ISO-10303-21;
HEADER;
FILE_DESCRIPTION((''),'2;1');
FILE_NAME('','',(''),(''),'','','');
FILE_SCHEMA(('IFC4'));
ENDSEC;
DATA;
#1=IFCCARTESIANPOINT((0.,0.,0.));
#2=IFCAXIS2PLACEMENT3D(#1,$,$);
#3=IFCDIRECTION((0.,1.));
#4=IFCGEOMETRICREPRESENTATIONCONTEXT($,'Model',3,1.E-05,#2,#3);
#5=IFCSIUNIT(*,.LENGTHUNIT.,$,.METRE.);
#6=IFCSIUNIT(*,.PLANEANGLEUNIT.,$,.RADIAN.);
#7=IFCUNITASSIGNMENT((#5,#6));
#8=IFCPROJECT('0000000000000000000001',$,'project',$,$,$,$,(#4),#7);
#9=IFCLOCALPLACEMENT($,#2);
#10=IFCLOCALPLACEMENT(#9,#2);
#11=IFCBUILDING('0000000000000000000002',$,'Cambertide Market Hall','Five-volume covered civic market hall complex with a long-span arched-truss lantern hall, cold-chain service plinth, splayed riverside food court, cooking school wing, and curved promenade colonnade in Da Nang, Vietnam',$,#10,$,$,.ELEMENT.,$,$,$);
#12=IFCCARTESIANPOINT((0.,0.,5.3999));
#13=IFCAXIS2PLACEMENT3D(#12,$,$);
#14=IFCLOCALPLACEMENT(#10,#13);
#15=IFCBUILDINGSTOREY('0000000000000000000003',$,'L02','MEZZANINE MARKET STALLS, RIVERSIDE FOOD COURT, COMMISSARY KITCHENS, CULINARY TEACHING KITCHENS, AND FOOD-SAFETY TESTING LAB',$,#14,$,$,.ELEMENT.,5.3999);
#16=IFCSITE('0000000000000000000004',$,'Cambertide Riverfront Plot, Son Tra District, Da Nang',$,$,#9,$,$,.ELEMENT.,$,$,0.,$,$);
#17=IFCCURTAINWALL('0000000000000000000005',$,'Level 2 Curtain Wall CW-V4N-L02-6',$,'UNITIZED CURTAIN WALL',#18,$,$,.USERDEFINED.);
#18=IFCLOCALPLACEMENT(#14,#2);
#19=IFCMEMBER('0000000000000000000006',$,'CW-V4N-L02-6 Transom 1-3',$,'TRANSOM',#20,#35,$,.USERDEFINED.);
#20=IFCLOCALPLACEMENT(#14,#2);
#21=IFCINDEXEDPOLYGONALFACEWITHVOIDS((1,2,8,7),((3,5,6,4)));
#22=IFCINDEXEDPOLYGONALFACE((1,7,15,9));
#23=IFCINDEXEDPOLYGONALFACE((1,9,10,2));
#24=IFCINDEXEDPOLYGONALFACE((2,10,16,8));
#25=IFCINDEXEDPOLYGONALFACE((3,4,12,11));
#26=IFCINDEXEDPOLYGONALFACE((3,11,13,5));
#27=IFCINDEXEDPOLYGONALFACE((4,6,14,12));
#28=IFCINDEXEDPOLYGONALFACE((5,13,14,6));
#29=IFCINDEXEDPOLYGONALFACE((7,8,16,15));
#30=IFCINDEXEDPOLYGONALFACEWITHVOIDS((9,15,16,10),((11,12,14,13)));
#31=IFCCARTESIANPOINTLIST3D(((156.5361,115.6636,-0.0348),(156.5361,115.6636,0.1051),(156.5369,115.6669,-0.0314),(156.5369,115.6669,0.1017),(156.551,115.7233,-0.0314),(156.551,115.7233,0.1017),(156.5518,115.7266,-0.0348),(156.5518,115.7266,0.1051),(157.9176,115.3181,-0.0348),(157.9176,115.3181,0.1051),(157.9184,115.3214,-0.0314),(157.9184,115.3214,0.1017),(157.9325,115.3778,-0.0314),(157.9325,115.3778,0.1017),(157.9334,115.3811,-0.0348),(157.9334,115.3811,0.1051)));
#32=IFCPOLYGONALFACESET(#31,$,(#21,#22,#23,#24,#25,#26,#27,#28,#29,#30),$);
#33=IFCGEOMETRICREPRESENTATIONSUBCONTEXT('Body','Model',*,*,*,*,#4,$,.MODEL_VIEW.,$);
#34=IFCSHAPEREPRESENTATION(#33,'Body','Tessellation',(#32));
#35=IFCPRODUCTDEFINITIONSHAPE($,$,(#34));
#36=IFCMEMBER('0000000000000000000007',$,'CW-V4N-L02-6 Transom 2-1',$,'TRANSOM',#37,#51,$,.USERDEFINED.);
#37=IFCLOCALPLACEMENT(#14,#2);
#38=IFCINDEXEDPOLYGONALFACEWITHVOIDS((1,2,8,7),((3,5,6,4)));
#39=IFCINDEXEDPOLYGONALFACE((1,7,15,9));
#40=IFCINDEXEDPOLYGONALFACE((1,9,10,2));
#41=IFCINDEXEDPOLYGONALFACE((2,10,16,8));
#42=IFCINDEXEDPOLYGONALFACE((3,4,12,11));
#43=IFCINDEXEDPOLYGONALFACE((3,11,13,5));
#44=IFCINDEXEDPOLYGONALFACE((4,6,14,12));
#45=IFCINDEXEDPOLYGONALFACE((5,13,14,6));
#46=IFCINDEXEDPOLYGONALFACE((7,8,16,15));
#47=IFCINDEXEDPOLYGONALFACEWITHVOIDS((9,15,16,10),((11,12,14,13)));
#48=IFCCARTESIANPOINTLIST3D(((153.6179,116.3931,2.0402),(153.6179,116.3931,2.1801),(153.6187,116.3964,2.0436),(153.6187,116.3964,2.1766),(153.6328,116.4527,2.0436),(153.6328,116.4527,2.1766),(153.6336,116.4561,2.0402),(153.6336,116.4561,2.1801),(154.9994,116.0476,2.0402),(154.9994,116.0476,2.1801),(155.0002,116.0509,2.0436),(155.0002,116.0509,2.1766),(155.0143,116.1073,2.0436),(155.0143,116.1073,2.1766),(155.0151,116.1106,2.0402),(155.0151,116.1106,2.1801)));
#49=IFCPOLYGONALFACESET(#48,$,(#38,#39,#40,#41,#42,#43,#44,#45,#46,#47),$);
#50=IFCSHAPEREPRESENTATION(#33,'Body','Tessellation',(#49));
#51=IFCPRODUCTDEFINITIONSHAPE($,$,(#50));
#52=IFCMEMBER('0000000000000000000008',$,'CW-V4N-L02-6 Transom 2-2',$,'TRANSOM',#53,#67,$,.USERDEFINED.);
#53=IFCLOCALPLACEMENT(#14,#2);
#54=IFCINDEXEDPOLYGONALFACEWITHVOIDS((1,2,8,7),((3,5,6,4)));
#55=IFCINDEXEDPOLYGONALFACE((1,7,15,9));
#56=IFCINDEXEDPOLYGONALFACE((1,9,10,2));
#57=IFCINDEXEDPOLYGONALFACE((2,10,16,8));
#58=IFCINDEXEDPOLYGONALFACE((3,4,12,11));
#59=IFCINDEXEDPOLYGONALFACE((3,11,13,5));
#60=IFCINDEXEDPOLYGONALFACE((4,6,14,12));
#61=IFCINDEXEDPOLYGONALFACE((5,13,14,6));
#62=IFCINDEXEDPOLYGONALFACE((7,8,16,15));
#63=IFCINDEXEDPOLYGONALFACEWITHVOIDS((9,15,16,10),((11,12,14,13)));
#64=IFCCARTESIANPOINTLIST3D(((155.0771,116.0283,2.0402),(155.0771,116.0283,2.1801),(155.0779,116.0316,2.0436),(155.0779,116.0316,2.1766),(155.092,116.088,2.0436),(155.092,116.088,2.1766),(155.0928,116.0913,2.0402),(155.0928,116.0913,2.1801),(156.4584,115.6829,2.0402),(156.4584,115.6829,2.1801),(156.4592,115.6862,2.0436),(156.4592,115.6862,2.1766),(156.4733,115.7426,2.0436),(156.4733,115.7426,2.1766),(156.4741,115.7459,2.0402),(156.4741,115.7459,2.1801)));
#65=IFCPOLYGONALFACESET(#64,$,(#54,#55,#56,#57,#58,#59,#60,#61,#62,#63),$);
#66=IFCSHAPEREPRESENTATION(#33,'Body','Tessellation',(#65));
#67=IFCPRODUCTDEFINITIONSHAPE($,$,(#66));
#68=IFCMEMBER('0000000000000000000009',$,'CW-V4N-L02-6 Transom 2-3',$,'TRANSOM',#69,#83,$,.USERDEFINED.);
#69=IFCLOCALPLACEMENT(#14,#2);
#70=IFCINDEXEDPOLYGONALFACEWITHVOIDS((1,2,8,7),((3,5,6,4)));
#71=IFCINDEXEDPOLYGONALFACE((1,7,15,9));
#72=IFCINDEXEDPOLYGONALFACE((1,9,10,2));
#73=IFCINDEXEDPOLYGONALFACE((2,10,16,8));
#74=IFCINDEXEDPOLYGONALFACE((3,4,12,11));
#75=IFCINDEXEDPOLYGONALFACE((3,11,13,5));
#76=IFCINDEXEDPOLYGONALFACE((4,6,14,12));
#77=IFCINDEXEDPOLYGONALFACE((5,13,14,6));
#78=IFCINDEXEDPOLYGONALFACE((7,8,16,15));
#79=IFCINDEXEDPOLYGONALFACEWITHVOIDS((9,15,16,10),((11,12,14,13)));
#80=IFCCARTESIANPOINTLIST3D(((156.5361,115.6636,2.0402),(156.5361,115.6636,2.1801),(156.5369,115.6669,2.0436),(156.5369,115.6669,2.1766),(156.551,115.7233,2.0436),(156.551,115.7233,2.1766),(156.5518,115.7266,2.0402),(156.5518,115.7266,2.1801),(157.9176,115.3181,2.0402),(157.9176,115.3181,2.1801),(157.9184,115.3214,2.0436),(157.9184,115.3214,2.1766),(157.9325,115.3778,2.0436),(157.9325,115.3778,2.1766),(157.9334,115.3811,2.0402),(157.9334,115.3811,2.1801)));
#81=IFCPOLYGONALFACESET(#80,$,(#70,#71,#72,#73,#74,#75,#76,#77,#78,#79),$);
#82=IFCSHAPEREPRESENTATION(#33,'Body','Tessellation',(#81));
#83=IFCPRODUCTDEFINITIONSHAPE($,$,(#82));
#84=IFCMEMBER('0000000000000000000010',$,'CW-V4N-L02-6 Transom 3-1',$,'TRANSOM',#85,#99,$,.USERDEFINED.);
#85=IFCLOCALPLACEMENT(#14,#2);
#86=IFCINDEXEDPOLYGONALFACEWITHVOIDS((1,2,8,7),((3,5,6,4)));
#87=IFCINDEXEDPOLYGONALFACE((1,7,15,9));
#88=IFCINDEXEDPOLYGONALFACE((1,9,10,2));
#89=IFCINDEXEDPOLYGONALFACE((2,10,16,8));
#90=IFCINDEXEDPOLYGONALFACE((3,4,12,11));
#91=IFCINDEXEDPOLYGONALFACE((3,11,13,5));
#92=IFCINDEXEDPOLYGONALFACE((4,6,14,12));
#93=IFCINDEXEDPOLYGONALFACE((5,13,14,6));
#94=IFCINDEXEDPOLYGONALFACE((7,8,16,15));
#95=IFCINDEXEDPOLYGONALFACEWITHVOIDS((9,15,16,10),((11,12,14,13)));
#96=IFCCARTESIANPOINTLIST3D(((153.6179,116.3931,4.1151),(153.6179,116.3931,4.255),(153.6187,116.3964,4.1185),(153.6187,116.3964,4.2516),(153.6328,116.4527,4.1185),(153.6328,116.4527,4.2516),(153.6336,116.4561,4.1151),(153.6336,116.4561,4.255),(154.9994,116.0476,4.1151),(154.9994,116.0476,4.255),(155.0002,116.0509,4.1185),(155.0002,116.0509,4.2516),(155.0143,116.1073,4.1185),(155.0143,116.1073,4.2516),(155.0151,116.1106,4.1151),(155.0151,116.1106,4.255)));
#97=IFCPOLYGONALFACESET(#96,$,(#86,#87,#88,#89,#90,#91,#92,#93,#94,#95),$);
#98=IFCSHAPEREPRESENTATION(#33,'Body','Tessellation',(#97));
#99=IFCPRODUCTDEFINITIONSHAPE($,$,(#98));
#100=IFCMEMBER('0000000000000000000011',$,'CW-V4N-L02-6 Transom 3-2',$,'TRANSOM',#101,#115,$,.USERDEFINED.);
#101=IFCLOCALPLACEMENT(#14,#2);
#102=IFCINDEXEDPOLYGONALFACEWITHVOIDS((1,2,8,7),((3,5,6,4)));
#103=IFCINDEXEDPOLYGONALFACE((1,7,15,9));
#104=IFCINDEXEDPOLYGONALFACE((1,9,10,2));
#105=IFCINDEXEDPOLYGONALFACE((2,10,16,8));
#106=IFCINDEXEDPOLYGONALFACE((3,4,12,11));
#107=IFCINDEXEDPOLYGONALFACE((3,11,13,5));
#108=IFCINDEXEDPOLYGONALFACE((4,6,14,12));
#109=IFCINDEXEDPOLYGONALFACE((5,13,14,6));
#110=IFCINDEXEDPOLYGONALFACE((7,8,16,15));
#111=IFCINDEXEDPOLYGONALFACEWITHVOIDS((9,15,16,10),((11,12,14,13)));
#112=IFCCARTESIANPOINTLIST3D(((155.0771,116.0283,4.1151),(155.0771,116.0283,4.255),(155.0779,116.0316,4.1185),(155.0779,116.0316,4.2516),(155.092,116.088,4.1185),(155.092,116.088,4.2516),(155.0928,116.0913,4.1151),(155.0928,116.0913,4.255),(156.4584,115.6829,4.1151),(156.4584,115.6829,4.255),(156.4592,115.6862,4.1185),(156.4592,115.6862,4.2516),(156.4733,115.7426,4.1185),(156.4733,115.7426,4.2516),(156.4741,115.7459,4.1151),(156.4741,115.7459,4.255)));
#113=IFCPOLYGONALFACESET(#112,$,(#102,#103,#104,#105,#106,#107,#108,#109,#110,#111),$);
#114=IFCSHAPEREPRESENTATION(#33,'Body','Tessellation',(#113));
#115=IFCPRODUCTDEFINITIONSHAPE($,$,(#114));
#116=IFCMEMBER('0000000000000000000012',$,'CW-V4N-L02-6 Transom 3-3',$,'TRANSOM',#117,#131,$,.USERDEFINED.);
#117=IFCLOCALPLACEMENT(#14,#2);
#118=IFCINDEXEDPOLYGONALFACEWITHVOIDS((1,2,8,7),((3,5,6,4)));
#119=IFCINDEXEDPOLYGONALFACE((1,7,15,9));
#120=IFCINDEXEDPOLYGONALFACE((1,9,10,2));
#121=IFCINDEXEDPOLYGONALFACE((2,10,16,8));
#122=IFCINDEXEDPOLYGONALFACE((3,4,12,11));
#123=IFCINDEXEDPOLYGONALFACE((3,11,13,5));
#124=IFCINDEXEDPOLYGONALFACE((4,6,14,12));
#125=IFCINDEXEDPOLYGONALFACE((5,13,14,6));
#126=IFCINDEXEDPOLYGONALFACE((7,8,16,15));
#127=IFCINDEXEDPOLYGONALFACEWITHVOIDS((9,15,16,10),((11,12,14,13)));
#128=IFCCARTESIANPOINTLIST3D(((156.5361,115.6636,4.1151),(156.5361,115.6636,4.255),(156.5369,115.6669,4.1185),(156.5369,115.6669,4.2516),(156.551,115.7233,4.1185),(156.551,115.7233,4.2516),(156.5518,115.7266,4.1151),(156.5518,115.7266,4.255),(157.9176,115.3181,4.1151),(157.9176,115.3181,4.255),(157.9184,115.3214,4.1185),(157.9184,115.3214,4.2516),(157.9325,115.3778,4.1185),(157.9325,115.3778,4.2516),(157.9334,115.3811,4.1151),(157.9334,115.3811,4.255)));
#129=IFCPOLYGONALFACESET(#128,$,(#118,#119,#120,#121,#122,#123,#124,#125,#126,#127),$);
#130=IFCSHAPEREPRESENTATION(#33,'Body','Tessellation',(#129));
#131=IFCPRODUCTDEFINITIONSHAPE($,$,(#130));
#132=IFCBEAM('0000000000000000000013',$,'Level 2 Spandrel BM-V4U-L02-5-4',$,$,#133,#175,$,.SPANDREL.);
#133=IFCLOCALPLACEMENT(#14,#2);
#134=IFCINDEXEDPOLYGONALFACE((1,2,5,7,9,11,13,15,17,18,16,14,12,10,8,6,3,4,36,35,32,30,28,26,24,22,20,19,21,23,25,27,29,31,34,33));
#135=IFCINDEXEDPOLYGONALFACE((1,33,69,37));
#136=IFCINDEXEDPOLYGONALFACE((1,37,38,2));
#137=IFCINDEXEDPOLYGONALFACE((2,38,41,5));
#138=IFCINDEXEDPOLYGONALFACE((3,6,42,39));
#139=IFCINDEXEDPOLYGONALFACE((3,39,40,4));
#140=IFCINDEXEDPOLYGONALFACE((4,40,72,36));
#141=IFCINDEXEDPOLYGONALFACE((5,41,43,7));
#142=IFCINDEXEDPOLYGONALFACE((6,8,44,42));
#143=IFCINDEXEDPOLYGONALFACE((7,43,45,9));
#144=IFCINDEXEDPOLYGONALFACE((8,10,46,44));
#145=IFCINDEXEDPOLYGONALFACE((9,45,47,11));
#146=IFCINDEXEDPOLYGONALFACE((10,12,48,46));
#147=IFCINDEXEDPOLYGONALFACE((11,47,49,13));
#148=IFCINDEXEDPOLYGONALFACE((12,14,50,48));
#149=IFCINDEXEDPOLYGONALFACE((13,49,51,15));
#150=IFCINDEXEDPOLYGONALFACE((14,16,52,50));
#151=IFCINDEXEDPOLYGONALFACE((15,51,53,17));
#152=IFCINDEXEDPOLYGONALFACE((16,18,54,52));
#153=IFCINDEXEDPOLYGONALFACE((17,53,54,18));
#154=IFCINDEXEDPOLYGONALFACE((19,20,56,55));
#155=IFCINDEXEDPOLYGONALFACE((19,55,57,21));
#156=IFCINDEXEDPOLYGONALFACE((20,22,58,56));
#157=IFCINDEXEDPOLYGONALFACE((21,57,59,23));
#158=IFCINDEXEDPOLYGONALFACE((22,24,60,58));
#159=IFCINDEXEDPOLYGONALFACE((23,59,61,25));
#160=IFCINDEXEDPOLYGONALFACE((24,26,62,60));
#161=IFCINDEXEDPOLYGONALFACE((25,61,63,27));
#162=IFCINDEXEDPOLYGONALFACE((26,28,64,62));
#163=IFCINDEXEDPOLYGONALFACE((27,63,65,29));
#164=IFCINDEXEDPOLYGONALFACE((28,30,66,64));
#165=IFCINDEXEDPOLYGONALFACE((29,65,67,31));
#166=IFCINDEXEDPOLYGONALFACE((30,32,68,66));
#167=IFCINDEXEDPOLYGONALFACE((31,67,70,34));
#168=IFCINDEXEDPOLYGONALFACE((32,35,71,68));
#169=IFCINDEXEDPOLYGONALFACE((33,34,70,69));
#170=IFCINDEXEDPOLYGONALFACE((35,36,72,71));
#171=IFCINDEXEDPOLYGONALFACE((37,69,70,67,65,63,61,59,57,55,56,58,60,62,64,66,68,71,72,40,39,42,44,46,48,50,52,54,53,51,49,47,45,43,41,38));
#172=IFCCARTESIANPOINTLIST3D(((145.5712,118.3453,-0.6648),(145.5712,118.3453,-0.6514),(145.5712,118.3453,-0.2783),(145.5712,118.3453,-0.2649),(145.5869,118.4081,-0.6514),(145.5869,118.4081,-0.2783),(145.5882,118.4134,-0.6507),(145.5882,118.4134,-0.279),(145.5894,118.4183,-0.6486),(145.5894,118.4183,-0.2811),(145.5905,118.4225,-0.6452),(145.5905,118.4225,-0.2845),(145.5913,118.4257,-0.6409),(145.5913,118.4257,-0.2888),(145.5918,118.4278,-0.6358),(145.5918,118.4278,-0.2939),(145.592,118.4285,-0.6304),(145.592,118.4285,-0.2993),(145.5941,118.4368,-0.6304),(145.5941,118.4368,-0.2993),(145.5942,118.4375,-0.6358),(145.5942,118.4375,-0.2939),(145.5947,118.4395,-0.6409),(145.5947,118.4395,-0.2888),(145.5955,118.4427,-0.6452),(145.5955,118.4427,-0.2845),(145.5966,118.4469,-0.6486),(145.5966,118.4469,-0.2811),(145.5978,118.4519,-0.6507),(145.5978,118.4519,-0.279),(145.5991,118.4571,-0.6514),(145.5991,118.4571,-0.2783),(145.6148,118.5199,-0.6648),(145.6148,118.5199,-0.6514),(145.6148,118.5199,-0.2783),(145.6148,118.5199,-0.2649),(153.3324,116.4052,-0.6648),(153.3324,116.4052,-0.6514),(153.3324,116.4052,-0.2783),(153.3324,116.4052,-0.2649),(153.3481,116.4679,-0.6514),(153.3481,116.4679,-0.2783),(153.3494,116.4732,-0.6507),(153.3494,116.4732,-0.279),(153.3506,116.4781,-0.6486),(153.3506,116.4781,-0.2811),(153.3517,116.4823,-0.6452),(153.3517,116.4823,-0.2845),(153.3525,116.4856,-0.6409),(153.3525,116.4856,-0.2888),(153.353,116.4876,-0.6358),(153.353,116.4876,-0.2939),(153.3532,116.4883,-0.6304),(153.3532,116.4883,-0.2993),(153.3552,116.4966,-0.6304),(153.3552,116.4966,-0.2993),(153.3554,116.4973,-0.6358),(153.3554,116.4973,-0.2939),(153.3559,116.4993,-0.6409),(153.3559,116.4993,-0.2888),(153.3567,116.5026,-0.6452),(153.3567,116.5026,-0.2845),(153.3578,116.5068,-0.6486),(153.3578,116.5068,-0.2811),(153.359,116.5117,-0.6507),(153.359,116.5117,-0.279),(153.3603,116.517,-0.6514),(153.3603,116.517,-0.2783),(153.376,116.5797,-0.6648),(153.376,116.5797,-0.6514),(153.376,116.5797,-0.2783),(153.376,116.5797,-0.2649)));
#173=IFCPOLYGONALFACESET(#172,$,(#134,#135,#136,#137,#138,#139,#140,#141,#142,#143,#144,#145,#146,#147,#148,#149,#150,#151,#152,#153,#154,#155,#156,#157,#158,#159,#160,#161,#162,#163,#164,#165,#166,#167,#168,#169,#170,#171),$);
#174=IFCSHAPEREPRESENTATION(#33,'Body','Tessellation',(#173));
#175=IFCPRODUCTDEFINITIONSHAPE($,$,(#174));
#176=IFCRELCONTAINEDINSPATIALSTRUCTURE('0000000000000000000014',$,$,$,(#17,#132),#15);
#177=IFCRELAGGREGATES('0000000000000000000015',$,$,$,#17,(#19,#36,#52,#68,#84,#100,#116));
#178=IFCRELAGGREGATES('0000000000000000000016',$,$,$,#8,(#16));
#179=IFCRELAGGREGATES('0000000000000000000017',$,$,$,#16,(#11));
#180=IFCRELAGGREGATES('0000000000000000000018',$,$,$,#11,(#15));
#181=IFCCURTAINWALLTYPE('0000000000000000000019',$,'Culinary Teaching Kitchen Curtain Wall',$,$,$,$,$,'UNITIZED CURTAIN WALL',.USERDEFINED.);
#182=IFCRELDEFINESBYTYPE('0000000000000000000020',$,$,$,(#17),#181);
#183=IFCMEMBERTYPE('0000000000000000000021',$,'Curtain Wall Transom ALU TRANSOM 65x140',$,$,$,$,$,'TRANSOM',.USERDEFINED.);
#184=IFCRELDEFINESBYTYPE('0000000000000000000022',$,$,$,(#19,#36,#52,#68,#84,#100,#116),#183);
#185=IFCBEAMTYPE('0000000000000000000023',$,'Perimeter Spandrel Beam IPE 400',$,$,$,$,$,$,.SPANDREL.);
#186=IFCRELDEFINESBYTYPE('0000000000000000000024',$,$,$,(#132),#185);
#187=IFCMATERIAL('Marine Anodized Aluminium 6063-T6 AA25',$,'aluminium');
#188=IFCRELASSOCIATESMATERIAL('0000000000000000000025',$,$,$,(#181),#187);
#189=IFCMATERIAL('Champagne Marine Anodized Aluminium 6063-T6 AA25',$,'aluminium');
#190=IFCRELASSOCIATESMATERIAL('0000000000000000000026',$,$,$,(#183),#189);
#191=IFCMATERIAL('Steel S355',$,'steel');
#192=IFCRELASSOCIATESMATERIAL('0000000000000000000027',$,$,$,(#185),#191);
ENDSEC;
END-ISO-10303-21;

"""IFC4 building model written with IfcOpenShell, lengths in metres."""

from ifc_helpers import new_model, si_unit, direction, frame, origin, origin_2d, place, context, subcontext, project, spatial, hollow_rectangle, i_section, extrude, material, material_profile, profile_set, type_object, element, aggregate, save


model = new_model("IFC4")

# Units and contexts
model_context = context("Model", 3, precision=1e-05, world=origin(), true_north=direction((0.0, 1.0)))
body_context = subcontext(model_context, "Body", "Model", "MODEL_VIEW")
ifc_project = project(units=[si_unit("LENGTHUNIT", "METRE"), si_unit("PLANEANGLEUNIT", "RADIAN")], contexts=[model_context])

# Site, building, storey
site_placement = place(None, origin())
site = spatial("IfcSite", under=ifc_project, at=site_placement, Name="Cambertide Riverfront Plot, Son Tra District, Da Nang", CompositionType="ELEMENT", RefElevation=0.0)
building_placement = place(site_placement, origin())
building = spatial("IfcBuilding", under=site, at=building_placement, Name="Cambertide Market Hall", Description="Five-volume covered civic market hall complex with a long-span arched-truss lantern hall, cold-chain service plinth, splayed riverside food court, cooking school wing, and curved promenade colonnade in Da Nang, Vietnam", CompositionType="ELEMENT")
storey_placement = place(building_placement, frame((0.0, 0.0, 5.3999)))
storey = spatial("IfcBuildingStorey", under=building, at=storey_placement, Name="L02", Description="MEZZANINE MARKET STALLS, RIVERSIDE FOOD COURT, COMMISSARY KITCHENS, CULINARY TEACHING KITCHENS, AND FOOD-SAFETY TESTING LAB", CompositionType="ELEMENT", Elevation=5.3999)

# Curtain wall, members
ifc_material_1 = material(Name="Marine Anodized Aluminium 6063-T6 AA25", Category="aluminium")
curtain_wall_type = type_object("IfcCurtainWallType", Name="Culinary Teaching Kitchen Curtain Wall", ElementType="UNITIZED CURTAIN WALL", PredefinedType="USERDEFINED", material=ifc_material_1)
curtain_wall_placement = place(storey_placement, origin())
curtain_wall = element("IfcCurtainWall", 1, at=curtain_wall_placement, inside=storey, type_object=curtain_wall_type, Name="Level 2 Curtain Wall CW-V4N-L02-6", ObjectType="UNITIZED CURTAIN WALL", PredefinedType="USERDEFINED")
ifc_material_2 = material(Name="Champagne Marine Anodized Aluminium 6063-T6 AA25", Category="aluminium")
ifc_material_profile_1 = material_profile(ifc_material_2, hollow_rectangle(XDim=0.0649, YDim=0.1399, WallThickness=0.0034, at=origin_2d()), Name="ALU TRANSOM 65x140")
ifc_profile_set_1 = profile_set([ifc_material_profile_1], Name="Champagne Marine Anodized Aluminium 6063-T6 AA25")
member_type_1 = type_object("IfcMemberType", Name="Curtain Wall Transom ALU TRANSOM 65x140", ElementType="TRANSOM", PredefinedType="USERDEFINED", material=ifc_profile_set_1)
member_1_placement = place(storey_placement, frame((156.5439, 115.6951, 0.0352), z_axis=(0.970132, -0.242576, 0.0), x_axis=(0.242576, 0.970132, 0.0)))
member_1 = element("IfcMember", 2, at=member_1_placement, type_object=member_type_1, Name="CW-V4N-L02-6 Transom 1-3", ObjectType="TRANSOM", PredefinedType="USERDEFINED", context=body_context, shape_type="SweptSolid", body=[
    extrude(hollow_rectangle(XDim=0.0649, YDim=0.1399, WallThickness=0.0034, at=origin_2d()), origin(), (0.0, 0.0, 1.0), 1.4241),
])
member_2_placement = place(storey_placement, frame((153.6257, 116.4246, 2.1101), z_axis=(0.970132, -0.242576, 0.0), x_axis=(0.242576, 0.970132, 0.0)))
member_2 = element("IfcMember", 3, at=member_2_placement, type_object=member_type_1, Name="CW-V4N-L02-6 Transom 2-1", ObjectType="TRANSOM", PredefinedType="USERDEFINED", context=body_context, shape_type="SweptSolid", body=[
    extrude(hollow_rectangle(XDim=0.0649, YDim=0.1399, WallThickness=0.0034, at=origin_2d()), origin(), (0.0, 0.0, 1.0), 1.4241),
])
member_3_placement = place(storey_placement, frame((155.085, 116.0598, 2.1101), z_axis=(0.970122, -0.242616, 0.0), x_axis=(0.242616, 0.970122, 0.0)))
member_3 = element("IfcMember", 4, at=member_3_placement, type_object=member_type_1, Name="CW-V4N-L02-6 Transom 2-2", ObjectType="TRANSOM", PredefinedType="USERDEFINED", context=body_context, shape_type="SweptSolid", body=[
    extrude(hollow_rectangle(XDim=0.0649, YDim=0.1399, WallThickness=0.0034, at=origin_2d()), origin(), (0.0, 0.0, 1.0), 1.4238),
])
member_4_placement = place(storey_placement, frame((156.5439, 115.6951, 2.1101), z_axis=(0.970132, -0.242576, 0.0), x_axis=(0.242576, 0.970132, 0.0)))
member_4 = element("IfcMember", 5, at=member_4_placement, type_object=member_type_1, Name="CW-V4N-L02-6 Transom 2-3", ObjectType="TRANSOM", PredefinedType="USERDEFINED", context=body_context, shape_type="SweptSolid", body=[
    extrude(hollow_rectangle(XDim=0.0649, YDim=0.1399, WallThickness=0.0034, at=origin_2d()), origin(), (0.0, 0.0, 1.0), 1.4241),
])
member_5_placement = place(storey_placement, frame((153.6257, 116.4246, 4.1851), z_axis=(0.970132, -0.242576, 0.0), x_axis=(0.242576, 0.970132, 0.0)))
member_5 = element("IfcMember", 6, at=member_5_placement, type_object=member_type_1, Name="CW-V4N-L02-6 Transom 3-1", ObjectType="TRANSOM", PredefinedType="USERDEFINED", context=body_context, shape_type="SweptSolid", body=[
    extrude(hollow_rectangle(XDim=0.0649, YDim=0.1399, WallThickness=0.0034, at=origin_2d()), origin(), (0.0, 0.0, 1.0), 1.4241),
])
member_6_placement = place(storey_placement, frame((155.085, 116.0598, 4.1851), z_axis=(0.970122, -0.242616, 0.0), x_axis=(0.242616, 0.970122, 0.0)))
member_6 = element("IfcMember", 7, at=member_6_placement, type_object=member_type_1, Name="CW-V4N-L02-6 Transom 3-2", ObjectType="TRANSOM", PredefinedType="USERDEFINED", context=body_context, shape_type="SweptSolid", body=[
    extrude(hollow_rectangle(XDim=0.0649, YDim=0.1399, WallThickness=0.0034, at=origin_2d()), origin(), (0.0, 0.0, 1.0), 1.4238),
])
member_7_placement = place(storey_placement, frame((156.5439, 115.6951, 4.1851), z_axis=(0.970132, -0.242576, 0.0), x_axis=(0.242576, 0.970132, 0.0)))
member_7 = element("IfcMember", 8, at=member_7_placement, type_object=member_type_1, Name="CW-V4N-L02-6 Transom 3-3", ObjectType="TRANSOM", PredefinedType="USERDEFINED", context=body_context, shape_type="SweptSolid", body=[
    extrude(hollow_rectangle(XDim=0.0649, YDim=0.1399, WallThickness=0.0034, at=origin_2d()), origin(), (0.0, 0.0, 1.0), 1.4241),
])

# Beam
ifc_material_3 = material(Name="Steel S355", Category="steel")
ifc_material_profile_2 = material_profile(ifc_material_3, i_section(OverallWidth=0.1799, OverallDepth=0.3999, WebThickness=0.0085, FlangeThickness=0.0134, FilletRadius=0.021, at=origin_2d()), Name="IPE 400")
ifc_profile_set_2 = profile_set([ifc_material_profile_2], Name="Steel S355")
beam_type = type_object("IfcBeamType", Name="Perimeter Spandrel Beam IPE 400", PredefinedType="SPANDREL", material=ifc_profile_set_2)
beam_1_placement = place(storey_placement, frame((145.593, 118.4326, -0.4648), z_axis=(0.970146, -0.242521, 0.0), x_axis=(0.242521, 0.970146, 0.0)))
element("IfcBeam", 9, at=beam_1_placement, inside=storey, type_object=beam_type, Name="Level 2 Spandrel BM-V4U-L02-5-4", PredefinedType="SPANDREL", context=body_context, shape_type="SweptSolid", body=[
    extrude(i_section(OverallWidth=0.1799, OverallDepth=0.3999, WebThickness=0.0085, FlangeThickness=0.0134, FilletRadius=0.021, at=origin_2d()), origin(), (0.0, 0.0, 1.0), 8.0),
])

aggregate(curtain_wall, [member_1, member_2, member_3, member_4, member_5, member_6, member_7])

save(model, "model.ifc")
